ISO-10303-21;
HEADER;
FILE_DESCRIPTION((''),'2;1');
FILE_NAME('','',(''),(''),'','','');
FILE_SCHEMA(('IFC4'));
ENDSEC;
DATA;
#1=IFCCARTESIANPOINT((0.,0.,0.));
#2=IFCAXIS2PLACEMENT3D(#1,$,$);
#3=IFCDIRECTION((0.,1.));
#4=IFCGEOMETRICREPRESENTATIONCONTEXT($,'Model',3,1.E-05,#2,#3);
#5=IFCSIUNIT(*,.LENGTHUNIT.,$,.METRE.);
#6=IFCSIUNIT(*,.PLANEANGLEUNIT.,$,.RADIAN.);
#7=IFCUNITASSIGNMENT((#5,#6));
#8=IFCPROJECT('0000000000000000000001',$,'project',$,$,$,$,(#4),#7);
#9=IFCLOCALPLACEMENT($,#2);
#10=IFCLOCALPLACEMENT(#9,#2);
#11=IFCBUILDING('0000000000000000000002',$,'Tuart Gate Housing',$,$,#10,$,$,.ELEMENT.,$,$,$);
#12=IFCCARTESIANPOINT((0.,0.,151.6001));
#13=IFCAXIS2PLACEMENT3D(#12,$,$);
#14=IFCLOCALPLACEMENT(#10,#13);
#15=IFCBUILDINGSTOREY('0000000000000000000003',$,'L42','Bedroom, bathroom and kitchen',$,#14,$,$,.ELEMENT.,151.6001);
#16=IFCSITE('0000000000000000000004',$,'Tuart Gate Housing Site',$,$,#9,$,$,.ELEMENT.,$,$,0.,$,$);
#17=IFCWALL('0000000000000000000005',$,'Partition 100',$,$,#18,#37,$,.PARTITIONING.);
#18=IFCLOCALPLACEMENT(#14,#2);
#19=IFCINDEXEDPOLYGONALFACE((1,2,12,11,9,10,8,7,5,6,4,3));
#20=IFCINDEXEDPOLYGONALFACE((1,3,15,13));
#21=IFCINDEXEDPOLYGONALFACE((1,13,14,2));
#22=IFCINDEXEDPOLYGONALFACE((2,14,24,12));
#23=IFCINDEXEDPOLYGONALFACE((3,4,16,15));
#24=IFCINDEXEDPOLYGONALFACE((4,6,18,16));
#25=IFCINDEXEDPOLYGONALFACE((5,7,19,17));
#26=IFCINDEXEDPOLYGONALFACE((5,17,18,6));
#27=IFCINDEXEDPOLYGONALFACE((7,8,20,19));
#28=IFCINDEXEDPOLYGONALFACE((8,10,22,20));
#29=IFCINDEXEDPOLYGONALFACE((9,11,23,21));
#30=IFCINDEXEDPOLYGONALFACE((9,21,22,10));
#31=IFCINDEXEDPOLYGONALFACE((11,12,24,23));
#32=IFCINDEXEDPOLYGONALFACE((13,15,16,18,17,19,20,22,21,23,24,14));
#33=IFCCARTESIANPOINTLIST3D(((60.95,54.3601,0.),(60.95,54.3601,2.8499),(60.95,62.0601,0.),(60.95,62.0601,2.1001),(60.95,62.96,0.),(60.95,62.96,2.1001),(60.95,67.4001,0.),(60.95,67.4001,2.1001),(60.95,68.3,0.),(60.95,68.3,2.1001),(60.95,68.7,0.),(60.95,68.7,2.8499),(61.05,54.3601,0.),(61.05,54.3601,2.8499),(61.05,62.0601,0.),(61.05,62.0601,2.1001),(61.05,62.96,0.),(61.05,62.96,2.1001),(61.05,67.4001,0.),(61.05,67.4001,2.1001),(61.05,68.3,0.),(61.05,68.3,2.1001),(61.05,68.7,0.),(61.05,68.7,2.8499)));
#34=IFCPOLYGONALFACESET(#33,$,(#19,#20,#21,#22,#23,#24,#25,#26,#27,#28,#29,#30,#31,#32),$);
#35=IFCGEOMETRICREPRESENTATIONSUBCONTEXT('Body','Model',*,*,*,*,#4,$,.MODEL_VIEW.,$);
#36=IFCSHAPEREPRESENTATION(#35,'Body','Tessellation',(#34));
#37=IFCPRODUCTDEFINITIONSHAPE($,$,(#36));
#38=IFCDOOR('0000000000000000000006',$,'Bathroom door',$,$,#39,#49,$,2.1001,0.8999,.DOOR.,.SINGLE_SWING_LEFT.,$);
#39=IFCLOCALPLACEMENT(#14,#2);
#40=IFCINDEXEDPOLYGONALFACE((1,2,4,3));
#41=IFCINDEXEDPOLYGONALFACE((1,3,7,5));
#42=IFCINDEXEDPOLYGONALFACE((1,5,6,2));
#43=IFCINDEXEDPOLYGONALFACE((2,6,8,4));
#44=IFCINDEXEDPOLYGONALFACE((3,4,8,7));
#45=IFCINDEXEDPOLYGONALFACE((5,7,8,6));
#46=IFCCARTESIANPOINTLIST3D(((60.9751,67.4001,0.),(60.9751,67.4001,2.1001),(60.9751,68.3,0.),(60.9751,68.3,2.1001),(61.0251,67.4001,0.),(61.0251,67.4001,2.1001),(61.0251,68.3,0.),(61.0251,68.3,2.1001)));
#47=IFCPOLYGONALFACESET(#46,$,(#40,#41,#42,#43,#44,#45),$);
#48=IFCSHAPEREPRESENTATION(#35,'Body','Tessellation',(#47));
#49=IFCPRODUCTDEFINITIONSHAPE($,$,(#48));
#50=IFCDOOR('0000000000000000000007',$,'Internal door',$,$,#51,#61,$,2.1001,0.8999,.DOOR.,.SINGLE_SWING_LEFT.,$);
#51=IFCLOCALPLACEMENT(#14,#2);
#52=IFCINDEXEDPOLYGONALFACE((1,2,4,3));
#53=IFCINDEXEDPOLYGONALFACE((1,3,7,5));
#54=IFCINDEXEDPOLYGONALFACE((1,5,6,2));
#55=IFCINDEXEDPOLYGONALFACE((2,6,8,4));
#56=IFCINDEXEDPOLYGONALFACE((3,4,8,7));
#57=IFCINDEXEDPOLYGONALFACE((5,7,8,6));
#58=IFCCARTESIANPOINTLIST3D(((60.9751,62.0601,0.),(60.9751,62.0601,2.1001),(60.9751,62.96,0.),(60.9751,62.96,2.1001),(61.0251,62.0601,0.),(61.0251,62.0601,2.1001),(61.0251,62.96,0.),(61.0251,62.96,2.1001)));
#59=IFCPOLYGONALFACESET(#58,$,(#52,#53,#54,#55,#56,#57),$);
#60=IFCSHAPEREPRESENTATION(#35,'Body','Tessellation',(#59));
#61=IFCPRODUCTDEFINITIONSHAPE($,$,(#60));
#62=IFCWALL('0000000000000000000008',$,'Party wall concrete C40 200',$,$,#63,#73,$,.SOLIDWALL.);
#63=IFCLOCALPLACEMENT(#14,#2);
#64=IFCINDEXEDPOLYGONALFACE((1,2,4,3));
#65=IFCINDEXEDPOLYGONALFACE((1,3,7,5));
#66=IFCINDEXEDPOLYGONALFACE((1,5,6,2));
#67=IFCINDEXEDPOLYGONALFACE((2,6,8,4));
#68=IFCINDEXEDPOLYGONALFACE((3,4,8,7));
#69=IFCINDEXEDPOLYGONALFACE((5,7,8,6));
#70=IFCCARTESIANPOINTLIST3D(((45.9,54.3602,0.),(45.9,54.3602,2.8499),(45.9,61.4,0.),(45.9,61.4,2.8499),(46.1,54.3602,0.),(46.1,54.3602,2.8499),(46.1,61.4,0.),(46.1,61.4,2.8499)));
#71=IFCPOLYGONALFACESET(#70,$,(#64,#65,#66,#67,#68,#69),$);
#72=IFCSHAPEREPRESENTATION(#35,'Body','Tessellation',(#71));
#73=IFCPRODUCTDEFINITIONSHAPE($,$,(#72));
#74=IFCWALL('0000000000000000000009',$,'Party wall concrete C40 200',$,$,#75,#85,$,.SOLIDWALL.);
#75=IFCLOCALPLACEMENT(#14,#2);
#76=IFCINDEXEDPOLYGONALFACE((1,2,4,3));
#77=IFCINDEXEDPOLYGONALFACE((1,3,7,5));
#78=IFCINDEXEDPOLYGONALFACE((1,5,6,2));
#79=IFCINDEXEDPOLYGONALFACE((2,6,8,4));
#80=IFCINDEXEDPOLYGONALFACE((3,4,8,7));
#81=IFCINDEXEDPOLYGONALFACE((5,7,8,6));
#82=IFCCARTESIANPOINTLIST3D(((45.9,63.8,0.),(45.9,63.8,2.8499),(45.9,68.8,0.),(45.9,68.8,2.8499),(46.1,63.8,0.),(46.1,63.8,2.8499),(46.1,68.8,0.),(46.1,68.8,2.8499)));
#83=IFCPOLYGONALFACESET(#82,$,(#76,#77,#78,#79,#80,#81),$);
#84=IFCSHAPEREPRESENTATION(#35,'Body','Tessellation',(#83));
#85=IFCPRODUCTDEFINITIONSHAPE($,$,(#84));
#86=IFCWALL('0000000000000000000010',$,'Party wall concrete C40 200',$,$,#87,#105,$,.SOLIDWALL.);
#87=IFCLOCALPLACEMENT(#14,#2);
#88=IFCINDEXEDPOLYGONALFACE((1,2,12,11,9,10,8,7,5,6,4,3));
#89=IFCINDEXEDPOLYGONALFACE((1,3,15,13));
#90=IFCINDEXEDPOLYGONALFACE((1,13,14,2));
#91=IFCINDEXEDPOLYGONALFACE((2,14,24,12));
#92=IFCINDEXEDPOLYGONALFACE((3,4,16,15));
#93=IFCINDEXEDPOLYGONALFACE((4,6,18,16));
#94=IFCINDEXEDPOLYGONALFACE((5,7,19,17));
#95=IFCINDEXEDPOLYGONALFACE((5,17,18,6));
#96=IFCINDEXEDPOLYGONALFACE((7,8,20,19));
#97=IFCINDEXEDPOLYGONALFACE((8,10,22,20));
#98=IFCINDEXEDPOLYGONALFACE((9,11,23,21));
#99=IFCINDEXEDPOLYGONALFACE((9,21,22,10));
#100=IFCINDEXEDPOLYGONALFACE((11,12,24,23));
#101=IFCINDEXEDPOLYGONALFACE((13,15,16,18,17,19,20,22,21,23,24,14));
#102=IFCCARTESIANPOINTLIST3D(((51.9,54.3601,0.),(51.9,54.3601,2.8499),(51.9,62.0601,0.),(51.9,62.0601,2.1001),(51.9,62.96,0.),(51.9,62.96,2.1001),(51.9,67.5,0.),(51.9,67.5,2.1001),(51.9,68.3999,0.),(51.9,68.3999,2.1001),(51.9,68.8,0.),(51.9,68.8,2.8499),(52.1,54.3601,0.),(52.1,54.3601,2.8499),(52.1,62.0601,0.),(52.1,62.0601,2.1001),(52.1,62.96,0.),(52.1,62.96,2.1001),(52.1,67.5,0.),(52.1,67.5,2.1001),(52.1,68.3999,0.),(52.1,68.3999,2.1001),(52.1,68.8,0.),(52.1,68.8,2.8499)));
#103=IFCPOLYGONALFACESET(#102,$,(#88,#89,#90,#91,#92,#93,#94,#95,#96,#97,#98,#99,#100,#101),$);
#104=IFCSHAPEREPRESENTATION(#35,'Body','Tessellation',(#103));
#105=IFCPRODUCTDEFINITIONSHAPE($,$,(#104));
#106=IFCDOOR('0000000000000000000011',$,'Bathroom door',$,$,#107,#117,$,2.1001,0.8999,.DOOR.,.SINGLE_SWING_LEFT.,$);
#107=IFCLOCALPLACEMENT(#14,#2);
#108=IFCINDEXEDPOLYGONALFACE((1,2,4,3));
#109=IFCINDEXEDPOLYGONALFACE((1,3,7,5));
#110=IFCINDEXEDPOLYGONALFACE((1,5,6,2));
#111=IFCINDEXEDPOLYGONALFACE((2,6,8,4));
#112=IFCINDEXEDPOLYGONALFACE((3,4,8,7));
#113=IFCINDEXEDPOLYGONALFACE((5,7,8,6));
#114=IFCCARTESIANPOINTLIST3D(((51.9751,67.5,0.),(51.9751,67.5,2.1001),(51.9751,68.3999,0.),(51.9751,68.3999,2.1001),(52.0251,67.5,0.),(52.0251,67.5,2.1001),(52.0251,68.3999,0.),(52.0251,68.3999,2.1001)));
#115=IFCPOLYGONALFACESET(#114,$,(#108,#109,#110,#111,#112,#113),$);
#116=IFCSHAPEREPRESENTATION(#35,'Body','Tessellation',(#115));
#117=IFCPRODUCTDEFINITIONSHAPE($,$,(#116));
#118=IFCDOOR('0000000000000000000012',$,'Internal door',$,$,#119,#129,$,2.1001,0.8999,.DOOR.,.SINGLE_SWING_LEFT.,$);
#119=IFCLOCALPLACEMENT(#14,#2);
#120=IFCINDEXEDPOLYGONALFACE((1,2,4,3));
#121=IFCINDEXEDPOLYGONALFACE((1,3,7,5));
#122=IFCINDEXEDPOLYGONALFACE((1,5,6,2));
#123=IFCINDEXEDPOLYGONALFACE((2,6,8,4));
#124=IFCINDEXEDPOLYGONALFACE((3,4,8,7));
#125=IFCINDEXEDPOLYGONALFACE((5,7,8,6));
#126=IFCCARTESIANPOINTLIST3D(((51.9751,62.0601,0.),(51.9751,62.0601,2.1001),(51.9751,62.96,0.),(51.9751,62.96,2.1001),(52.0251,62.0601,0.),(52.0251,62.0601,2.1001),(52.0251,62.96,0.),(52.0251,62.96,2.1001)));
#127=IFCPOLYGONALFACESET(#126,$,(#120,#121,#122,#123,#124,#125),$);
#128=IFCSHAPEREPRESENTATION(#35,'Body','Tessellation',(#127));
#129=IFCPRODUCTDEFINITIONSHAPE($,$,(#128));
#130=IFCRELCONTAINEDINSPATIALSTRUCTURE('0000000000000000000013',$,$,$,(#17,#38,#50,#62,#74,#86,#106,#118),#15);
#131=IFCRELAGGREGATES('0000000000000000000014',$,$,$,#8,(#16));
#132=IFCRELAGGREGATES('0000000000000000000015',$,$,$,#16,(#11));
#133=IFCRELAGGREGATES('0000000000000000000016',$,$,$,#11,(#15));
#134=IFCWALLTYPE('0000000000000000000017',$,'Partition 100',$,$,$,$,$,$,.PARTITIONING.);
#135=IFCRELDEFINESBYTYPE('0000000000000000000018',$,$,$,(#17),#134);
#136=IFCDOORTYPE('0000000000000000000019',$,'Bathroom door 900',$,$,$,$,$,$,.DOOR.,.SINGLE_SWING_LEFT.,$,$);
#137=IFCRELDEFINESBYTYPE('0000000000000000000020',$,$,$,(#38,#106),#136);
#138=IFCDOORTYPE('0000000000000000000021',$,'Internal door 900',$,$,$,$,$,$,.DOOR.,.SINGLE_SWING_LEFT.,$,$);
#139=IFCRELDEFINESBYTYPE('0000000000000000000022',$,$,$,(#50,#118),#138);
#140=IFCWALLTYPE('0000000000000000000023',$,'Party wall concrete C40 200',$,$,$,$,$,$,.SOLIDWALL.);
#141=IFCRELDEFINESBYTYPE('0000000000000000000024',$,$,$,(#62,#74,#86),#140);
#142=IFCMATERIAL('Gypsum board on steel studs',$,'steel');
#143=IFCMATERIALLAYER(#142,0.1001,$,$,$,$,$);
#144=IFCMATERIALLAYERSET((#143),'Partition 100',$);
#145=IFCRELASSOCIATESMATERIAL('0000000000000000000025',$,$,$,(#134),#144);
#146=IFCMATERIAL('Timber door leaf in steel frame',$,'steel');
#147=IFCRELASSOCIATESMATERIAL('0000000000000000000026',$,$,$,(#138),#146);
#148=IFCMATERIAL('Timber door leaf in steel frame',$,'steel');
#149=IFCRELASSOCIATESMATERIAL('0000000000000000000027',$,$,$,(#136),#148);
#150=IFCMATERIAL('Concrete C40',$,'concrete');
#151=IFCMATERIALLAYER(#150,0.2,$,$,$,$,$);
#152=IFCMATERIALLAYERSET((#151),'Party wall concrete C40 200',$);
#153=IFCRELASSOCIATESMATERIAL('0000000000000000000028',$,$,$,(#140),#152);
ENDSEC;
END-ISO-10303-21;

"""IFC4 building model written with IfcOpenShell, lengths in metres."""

from ifc_helpers import new_model, si_unit, direction, frame, frame_2d, origin, place, context, subcontext, project, spatial, rectangle, extrude, material, layer, layer_set, type_object, element, fill, save


model = new_model("IFC4")

# Units and contexts
model_context = context("Model", 3, precision=1e-05, world=origin(), true_north=direction((0.0, 1.0)))
body_context = subcontext(model_context, "Body", "Model", "MODEL_VIEW")
ifc_project = project(units=[si_unit("LENGTHUNIT", "METRE"), si_unit("PLANEANGLEUNIT", "RADIAN")], contexts=[model_context])

# Site, building, storey
site_placement = place(None, origin())
site = spatial("IfcSite", under=ifc_project, at=site_placement, Name="Tuart Gate Housing Site", CompositionType="ELEMENT", RefElevation=0.0)
building_placement = place(site_placement, origin())
building = spatial("IfcBuilding", under=site, at=building_placement, Name="Tuart Gate Housing", CompositionType="ELEMENT")
storey_placement = place(building_placement, frame((0.0, 0.0, 151.6001)))
storey = spatial("IfcBuildingStorey", under=building, at=storey_placement, Name="L42", Description="Bedroom, bathroom and kitchen", CompositionType="ELEMENT", Elevation=151.6001)

# Shared definitions
ifc_material_1 = material(Name="Gypsum board on steel studs", Category="steel")
ifc_layer_1 = layer(ifc_material_1, 0.1001)
ifc_layer_set_1 = layer_set([ifc_layer_1], Name="Partition 100")
wall_type_1 = type_object("IfcWallType", Name="Partition 100", PredefinedType="PARTITIONING", material=ifc_layer_set_1)
ifc_material_2 = material(Name="Timber door leaf in steel frame", Category="steel")
door_type_1 = type_object("IfcDoorType", Name="Internal door 900", OperationType="SINGLE_SWING_LEFT", PredefinedType="DOOR", material=ifc_material_2)

# Wall, openings, doors
wall_1_placement = place(storey_placement, frame((61.0, 54.3601, 0.0), z_axis=(0.0, 0.0, 1.0), x_axis=(0.0, 1.0, 0.0)))
wall_1 = element("IfcWall", 1, at=wall_1_placement, inside=storey, type_object=wall_type_1, Name="Partition 100", PredefinedType="PARTITIONING", context=body_context, shape_type="SweptSolid", body=[
    extrude(rectangle(XDim=14.3398, YDim=0.1001, at=frame_2d((7.1699, 0.0))), origin(), (0.0, 0.0, 1.0), 2.8499),
])
opening_1_placement = place(wall_1_placement, frame((7.7, 0.0, 0.0)))
opening_1 = element("IfcOpeningElement", 2, at=opening_1_placement, cuts=wall_1, PredefinedType="OPENING", context=body_context, shape_type="SweptSolid", body=[
    extrude(rectangle(XDim=0.8999, YDim=2.1001, at=frame_2d((0.45, 1.05))), frame((0.0, 0.0601, 0.0), z_axis=(0.0, -1.0, 0.0), x_axis=(1.0, 0.0, 0.0)), (0.0, 0.0, 1.0), 0.1201),
])
opening_2_placement = place(wall_1_placement, frame((13.04, 0.0, 0.0)))
opening_2 = element("IfcOpeningElement", 3, at=opening_2_placement, cuts=wall_1, PredefinedType="OPENING", context=body_context, shape_type="SweptSolid", body=[
    extrude(rectangle(XDim=0.8999, YDim=2.1001, at=frame_2d((0.45, 1.05))), frame((0.0, 0.0601, 0.0), z_axis=(0.0, -1.0, 0.0), x_axis=(1.0, 0.0, 0.0)), (0.0, 0.0, 1.0), 0.1201),
])
ifc_material_3 = material(Name="Timber door leaf in steel frame", Category="steel")
door_type_2 = type_object("IfcDoorType", Name="Bathroom door 900", OperationType="SINGLE_SWING_LEFT", PredefinedType="DOOR", material=ifc_material_3)
door_1_placement = place(opening_2_placement, frame((0.8999, 0.0, 0.0), z_axis=(0.0, 0.0, 1.0), x_axis=(-1.0, 0.0, 0.0)))
door_1 = element("IfcDoor", 4, at=door_1_placement, inside=storey, type_object=door_type_2, Name="Bathroom door", OperationType="SINGLE_SWING_LEFT", OverallHeight=2.1001, OverallWidth=0.8999, PredefinedType="DOOR", context=body_context, shape_type="SweptSolid", body=[
    extrude(rectangle(XDim=0.8999, YDim=2.1001, at=frame_2d((0.45, 1.05))), frame((0.0, 0.0251, 0.0), z_axis=(0.0, -1.0, 0.0), x_axis=(1.0, 0.0, 0.0)), (0.0, 0.0, 1.0), 0.05),
])
fill(opening_2, door_1)
door_2_placement = place(opening_1_placement, frame((0.8999, 0.0, 0.0), z_axis=(0.0, 0.0, 1.0), x_axis=(-1.0, 0.0, 0.0)))
door_2 = element("IfcDoor", 5, at=door_2_placement, inside=storey, type_object=door_type_1, Name="Internal door", OperationType="SINGLE_SWING_LEFT", OverallHeight=2.1001, OverallWidth=0.8999, PredefinedType="DOOR", context=body_context, shape_type="SweptSolid", body=[
    extrude(rectangle(XDim=0.8999, YDim=2.1001, at=frame_2d((0.45, 1.05))), frame((0.0, 0.0251, 0.0), z_axis=(0.0, -1.0, 0.0), x_axis=(1.0, 0.0, 0.0)), (0.0, 0.0, 1.0), 0.05),
])
fill(opening_1, door_2)

# Walls
ifc_material_4 = material(Name="Concrete C40", Category="concrete")
ifc_layer_2 = layer(ifc_material_4, 0.2)
ifc_layer_set_2 = layer_set([ifc_layer_2], Name="Party wall concrete C40 200")
wall_type_2 = type_object("IfcWallType", Name="Party wall concrete C40 200", PredefinedType="SOLIDWALL", material=ifc_layer_set_2)
wall_2_placement = place(storey_placement, frame((46.0, 54.3601, 0.0), z_axis=(0.0, 0.0, 1.0), x_axis=(0.0, 1.0, 0.0)))
element("IfcWall", 6, at=wall_2_placement, inside=storey, type_object=wall_type_2, Name="Party wall concrete C40 200", PredefinedType="SOLIDWALL", context=body_context, shape_type="SweptSolid", body=[
    extrude(rectangle(XDim=7.0398, YDim=0.2, at=frame_2d((3.52, 0.0))), origin(), (0.0, 0.0, 1.0), 2.8499),
])
wall_3_placement = place(storey_placement, frame((46.0, 63.8, 0.0), z_axis=(0.0, 0.0, 1.0), x_axis=(0.0, 1.0, 0.0)))
element("IfcWall", 7, at=wall_3_placement, inside=storey, type_object=wall_type_2, Name="Party wall concrete C40 200", PredefinedType="SOLIDWALL", context=body_context, shape_type="SweptSolid", body=[
    extrude(rectangle(XDim=5.0, YDim=0.2, at=frame_2d((2.5, 0.0))), origin(), (0.0, 0.0, 1.0), 2.8499),
])

# Wall, openings, doors
wall_4_placement = place(storey_placement, frame((52.0, 54.3601, 0.0), z_axis=(0.0, 0.0, 1.0), x_axis=(0.0, 1.0, 0.0)))
wall_4 = element("IfcWall", 8, at=wall_4_placement, inside=storey, type_object=wall_type_2, Name="Party wall concrete C40 200", PredefinedType="SOLIDWALL", context=body_context, shape_type="SweptSolid", body=[
    extrude(rectangle(XDim=14.4399, YDim=0.2, at=frame_2d((7.22, 0.0))), origin(), (0.0, 0.0, 1.0), 2.8499),
])
opening_3_placement = place(wall_4_placement, frame((7.7, 0.0, 0.0)))
opening_3 = element("IfcOpeningElement", 9, at=opening_3_placement, cuts=wall_4, PredefinedType="OPENING", context=body_context, shape_type="SweptSolid", body=[
    extrude(rectangle(XDim=0.8999, YDim=2.1001, at=frame_2d((0.45, 1.05))), frame((0.0, 0.1099, 0.0), z_axis=(0.0, -1.0, 0.0), x_axis=(1.0, 0.0, 0.0)), (0.0, 0.0, 1.0), 0.22),
])
opening_4_placement = place(wall_4_placement, frame((13.1399, 0.0, 0.0)))
opening_4 = element("IfcOpeningElement", 10, at=opening_4_placement, cuts=wall_4, PredefinedType="OPENING", context=body_context, shape_type="SweptSolid", body=[
    extrude(rectangle(XDim=0.8999, YDim=2.1001, at=frame_2d((0.45, 1.05))), frame((0.0, 0.1099, 0.0), z_axis=(0.0, -1.0, 0.0), x_axis=(1.0, 0.0, 0.0)), (0.0, 0.0, 1.0), 0.22),
])
door_3_placement = place(opening_4_placement, frame((0.8999, 0.0, 0.0), z_axis=(0.0, 0.0, 1.0), x_axis=(-1.0, 0.0, 0.0)))
door_3 = element("IfcDoor", 11, at=door_3_placement, inside=storey, type_object=door_type_2, Name="Bathroom door", OperationType="SINGLE_SWING_LEFT", OverallHeight=2.1001, OverallWidth=0.8999, PredefinedType="DOOR", context=body_context, shape_type="SweptSolid", body=[
    extrude(rectangle(XDim=0.8999, YDim=2.1001, at=frame_2d((0.45, 1.05))), frame((0.0, 0.0251, 0.0), z_axis=(0.0, -1.0, 0.0), x_axis=(1.0, 0.0, 0.0)), (0.0, 0.0, 1.0), 0.05),
])
fill(opening_4, door_3)
door_4_placement = place(opening_3_placement, frame((0.8999, 0.0, 0.0), z_axis=(0.0, 0.0, 1.0), x_axis=(-1.0, 0.0, 0.0)))
door_4 = element("IfcDoor", 12, at=door_4_placement, inside=storey, type_object=door_type_1, Name="Internal door", OperationType="SINGLE_SWING_LEFT", OverallHeight=2.1001, OverallWidth=0.8999, PredefinedType="DOOR", context=body_context, shape_type="SweptSolid", body=[
    extrude(rectangle(XDim=0.8999, YDim=2.1001, at=frame_2d((0.45, 1.05))), frame((0.0, 0.0251, 0.0), z_axis=(0.0, -1.0, 0.0), x_axis=(1.0, 0.0, 0.0)), (0.0, 0.0, 1.0), 0.05),
])
fill(opening_3, door_4)

save(model, "model.ifc")
